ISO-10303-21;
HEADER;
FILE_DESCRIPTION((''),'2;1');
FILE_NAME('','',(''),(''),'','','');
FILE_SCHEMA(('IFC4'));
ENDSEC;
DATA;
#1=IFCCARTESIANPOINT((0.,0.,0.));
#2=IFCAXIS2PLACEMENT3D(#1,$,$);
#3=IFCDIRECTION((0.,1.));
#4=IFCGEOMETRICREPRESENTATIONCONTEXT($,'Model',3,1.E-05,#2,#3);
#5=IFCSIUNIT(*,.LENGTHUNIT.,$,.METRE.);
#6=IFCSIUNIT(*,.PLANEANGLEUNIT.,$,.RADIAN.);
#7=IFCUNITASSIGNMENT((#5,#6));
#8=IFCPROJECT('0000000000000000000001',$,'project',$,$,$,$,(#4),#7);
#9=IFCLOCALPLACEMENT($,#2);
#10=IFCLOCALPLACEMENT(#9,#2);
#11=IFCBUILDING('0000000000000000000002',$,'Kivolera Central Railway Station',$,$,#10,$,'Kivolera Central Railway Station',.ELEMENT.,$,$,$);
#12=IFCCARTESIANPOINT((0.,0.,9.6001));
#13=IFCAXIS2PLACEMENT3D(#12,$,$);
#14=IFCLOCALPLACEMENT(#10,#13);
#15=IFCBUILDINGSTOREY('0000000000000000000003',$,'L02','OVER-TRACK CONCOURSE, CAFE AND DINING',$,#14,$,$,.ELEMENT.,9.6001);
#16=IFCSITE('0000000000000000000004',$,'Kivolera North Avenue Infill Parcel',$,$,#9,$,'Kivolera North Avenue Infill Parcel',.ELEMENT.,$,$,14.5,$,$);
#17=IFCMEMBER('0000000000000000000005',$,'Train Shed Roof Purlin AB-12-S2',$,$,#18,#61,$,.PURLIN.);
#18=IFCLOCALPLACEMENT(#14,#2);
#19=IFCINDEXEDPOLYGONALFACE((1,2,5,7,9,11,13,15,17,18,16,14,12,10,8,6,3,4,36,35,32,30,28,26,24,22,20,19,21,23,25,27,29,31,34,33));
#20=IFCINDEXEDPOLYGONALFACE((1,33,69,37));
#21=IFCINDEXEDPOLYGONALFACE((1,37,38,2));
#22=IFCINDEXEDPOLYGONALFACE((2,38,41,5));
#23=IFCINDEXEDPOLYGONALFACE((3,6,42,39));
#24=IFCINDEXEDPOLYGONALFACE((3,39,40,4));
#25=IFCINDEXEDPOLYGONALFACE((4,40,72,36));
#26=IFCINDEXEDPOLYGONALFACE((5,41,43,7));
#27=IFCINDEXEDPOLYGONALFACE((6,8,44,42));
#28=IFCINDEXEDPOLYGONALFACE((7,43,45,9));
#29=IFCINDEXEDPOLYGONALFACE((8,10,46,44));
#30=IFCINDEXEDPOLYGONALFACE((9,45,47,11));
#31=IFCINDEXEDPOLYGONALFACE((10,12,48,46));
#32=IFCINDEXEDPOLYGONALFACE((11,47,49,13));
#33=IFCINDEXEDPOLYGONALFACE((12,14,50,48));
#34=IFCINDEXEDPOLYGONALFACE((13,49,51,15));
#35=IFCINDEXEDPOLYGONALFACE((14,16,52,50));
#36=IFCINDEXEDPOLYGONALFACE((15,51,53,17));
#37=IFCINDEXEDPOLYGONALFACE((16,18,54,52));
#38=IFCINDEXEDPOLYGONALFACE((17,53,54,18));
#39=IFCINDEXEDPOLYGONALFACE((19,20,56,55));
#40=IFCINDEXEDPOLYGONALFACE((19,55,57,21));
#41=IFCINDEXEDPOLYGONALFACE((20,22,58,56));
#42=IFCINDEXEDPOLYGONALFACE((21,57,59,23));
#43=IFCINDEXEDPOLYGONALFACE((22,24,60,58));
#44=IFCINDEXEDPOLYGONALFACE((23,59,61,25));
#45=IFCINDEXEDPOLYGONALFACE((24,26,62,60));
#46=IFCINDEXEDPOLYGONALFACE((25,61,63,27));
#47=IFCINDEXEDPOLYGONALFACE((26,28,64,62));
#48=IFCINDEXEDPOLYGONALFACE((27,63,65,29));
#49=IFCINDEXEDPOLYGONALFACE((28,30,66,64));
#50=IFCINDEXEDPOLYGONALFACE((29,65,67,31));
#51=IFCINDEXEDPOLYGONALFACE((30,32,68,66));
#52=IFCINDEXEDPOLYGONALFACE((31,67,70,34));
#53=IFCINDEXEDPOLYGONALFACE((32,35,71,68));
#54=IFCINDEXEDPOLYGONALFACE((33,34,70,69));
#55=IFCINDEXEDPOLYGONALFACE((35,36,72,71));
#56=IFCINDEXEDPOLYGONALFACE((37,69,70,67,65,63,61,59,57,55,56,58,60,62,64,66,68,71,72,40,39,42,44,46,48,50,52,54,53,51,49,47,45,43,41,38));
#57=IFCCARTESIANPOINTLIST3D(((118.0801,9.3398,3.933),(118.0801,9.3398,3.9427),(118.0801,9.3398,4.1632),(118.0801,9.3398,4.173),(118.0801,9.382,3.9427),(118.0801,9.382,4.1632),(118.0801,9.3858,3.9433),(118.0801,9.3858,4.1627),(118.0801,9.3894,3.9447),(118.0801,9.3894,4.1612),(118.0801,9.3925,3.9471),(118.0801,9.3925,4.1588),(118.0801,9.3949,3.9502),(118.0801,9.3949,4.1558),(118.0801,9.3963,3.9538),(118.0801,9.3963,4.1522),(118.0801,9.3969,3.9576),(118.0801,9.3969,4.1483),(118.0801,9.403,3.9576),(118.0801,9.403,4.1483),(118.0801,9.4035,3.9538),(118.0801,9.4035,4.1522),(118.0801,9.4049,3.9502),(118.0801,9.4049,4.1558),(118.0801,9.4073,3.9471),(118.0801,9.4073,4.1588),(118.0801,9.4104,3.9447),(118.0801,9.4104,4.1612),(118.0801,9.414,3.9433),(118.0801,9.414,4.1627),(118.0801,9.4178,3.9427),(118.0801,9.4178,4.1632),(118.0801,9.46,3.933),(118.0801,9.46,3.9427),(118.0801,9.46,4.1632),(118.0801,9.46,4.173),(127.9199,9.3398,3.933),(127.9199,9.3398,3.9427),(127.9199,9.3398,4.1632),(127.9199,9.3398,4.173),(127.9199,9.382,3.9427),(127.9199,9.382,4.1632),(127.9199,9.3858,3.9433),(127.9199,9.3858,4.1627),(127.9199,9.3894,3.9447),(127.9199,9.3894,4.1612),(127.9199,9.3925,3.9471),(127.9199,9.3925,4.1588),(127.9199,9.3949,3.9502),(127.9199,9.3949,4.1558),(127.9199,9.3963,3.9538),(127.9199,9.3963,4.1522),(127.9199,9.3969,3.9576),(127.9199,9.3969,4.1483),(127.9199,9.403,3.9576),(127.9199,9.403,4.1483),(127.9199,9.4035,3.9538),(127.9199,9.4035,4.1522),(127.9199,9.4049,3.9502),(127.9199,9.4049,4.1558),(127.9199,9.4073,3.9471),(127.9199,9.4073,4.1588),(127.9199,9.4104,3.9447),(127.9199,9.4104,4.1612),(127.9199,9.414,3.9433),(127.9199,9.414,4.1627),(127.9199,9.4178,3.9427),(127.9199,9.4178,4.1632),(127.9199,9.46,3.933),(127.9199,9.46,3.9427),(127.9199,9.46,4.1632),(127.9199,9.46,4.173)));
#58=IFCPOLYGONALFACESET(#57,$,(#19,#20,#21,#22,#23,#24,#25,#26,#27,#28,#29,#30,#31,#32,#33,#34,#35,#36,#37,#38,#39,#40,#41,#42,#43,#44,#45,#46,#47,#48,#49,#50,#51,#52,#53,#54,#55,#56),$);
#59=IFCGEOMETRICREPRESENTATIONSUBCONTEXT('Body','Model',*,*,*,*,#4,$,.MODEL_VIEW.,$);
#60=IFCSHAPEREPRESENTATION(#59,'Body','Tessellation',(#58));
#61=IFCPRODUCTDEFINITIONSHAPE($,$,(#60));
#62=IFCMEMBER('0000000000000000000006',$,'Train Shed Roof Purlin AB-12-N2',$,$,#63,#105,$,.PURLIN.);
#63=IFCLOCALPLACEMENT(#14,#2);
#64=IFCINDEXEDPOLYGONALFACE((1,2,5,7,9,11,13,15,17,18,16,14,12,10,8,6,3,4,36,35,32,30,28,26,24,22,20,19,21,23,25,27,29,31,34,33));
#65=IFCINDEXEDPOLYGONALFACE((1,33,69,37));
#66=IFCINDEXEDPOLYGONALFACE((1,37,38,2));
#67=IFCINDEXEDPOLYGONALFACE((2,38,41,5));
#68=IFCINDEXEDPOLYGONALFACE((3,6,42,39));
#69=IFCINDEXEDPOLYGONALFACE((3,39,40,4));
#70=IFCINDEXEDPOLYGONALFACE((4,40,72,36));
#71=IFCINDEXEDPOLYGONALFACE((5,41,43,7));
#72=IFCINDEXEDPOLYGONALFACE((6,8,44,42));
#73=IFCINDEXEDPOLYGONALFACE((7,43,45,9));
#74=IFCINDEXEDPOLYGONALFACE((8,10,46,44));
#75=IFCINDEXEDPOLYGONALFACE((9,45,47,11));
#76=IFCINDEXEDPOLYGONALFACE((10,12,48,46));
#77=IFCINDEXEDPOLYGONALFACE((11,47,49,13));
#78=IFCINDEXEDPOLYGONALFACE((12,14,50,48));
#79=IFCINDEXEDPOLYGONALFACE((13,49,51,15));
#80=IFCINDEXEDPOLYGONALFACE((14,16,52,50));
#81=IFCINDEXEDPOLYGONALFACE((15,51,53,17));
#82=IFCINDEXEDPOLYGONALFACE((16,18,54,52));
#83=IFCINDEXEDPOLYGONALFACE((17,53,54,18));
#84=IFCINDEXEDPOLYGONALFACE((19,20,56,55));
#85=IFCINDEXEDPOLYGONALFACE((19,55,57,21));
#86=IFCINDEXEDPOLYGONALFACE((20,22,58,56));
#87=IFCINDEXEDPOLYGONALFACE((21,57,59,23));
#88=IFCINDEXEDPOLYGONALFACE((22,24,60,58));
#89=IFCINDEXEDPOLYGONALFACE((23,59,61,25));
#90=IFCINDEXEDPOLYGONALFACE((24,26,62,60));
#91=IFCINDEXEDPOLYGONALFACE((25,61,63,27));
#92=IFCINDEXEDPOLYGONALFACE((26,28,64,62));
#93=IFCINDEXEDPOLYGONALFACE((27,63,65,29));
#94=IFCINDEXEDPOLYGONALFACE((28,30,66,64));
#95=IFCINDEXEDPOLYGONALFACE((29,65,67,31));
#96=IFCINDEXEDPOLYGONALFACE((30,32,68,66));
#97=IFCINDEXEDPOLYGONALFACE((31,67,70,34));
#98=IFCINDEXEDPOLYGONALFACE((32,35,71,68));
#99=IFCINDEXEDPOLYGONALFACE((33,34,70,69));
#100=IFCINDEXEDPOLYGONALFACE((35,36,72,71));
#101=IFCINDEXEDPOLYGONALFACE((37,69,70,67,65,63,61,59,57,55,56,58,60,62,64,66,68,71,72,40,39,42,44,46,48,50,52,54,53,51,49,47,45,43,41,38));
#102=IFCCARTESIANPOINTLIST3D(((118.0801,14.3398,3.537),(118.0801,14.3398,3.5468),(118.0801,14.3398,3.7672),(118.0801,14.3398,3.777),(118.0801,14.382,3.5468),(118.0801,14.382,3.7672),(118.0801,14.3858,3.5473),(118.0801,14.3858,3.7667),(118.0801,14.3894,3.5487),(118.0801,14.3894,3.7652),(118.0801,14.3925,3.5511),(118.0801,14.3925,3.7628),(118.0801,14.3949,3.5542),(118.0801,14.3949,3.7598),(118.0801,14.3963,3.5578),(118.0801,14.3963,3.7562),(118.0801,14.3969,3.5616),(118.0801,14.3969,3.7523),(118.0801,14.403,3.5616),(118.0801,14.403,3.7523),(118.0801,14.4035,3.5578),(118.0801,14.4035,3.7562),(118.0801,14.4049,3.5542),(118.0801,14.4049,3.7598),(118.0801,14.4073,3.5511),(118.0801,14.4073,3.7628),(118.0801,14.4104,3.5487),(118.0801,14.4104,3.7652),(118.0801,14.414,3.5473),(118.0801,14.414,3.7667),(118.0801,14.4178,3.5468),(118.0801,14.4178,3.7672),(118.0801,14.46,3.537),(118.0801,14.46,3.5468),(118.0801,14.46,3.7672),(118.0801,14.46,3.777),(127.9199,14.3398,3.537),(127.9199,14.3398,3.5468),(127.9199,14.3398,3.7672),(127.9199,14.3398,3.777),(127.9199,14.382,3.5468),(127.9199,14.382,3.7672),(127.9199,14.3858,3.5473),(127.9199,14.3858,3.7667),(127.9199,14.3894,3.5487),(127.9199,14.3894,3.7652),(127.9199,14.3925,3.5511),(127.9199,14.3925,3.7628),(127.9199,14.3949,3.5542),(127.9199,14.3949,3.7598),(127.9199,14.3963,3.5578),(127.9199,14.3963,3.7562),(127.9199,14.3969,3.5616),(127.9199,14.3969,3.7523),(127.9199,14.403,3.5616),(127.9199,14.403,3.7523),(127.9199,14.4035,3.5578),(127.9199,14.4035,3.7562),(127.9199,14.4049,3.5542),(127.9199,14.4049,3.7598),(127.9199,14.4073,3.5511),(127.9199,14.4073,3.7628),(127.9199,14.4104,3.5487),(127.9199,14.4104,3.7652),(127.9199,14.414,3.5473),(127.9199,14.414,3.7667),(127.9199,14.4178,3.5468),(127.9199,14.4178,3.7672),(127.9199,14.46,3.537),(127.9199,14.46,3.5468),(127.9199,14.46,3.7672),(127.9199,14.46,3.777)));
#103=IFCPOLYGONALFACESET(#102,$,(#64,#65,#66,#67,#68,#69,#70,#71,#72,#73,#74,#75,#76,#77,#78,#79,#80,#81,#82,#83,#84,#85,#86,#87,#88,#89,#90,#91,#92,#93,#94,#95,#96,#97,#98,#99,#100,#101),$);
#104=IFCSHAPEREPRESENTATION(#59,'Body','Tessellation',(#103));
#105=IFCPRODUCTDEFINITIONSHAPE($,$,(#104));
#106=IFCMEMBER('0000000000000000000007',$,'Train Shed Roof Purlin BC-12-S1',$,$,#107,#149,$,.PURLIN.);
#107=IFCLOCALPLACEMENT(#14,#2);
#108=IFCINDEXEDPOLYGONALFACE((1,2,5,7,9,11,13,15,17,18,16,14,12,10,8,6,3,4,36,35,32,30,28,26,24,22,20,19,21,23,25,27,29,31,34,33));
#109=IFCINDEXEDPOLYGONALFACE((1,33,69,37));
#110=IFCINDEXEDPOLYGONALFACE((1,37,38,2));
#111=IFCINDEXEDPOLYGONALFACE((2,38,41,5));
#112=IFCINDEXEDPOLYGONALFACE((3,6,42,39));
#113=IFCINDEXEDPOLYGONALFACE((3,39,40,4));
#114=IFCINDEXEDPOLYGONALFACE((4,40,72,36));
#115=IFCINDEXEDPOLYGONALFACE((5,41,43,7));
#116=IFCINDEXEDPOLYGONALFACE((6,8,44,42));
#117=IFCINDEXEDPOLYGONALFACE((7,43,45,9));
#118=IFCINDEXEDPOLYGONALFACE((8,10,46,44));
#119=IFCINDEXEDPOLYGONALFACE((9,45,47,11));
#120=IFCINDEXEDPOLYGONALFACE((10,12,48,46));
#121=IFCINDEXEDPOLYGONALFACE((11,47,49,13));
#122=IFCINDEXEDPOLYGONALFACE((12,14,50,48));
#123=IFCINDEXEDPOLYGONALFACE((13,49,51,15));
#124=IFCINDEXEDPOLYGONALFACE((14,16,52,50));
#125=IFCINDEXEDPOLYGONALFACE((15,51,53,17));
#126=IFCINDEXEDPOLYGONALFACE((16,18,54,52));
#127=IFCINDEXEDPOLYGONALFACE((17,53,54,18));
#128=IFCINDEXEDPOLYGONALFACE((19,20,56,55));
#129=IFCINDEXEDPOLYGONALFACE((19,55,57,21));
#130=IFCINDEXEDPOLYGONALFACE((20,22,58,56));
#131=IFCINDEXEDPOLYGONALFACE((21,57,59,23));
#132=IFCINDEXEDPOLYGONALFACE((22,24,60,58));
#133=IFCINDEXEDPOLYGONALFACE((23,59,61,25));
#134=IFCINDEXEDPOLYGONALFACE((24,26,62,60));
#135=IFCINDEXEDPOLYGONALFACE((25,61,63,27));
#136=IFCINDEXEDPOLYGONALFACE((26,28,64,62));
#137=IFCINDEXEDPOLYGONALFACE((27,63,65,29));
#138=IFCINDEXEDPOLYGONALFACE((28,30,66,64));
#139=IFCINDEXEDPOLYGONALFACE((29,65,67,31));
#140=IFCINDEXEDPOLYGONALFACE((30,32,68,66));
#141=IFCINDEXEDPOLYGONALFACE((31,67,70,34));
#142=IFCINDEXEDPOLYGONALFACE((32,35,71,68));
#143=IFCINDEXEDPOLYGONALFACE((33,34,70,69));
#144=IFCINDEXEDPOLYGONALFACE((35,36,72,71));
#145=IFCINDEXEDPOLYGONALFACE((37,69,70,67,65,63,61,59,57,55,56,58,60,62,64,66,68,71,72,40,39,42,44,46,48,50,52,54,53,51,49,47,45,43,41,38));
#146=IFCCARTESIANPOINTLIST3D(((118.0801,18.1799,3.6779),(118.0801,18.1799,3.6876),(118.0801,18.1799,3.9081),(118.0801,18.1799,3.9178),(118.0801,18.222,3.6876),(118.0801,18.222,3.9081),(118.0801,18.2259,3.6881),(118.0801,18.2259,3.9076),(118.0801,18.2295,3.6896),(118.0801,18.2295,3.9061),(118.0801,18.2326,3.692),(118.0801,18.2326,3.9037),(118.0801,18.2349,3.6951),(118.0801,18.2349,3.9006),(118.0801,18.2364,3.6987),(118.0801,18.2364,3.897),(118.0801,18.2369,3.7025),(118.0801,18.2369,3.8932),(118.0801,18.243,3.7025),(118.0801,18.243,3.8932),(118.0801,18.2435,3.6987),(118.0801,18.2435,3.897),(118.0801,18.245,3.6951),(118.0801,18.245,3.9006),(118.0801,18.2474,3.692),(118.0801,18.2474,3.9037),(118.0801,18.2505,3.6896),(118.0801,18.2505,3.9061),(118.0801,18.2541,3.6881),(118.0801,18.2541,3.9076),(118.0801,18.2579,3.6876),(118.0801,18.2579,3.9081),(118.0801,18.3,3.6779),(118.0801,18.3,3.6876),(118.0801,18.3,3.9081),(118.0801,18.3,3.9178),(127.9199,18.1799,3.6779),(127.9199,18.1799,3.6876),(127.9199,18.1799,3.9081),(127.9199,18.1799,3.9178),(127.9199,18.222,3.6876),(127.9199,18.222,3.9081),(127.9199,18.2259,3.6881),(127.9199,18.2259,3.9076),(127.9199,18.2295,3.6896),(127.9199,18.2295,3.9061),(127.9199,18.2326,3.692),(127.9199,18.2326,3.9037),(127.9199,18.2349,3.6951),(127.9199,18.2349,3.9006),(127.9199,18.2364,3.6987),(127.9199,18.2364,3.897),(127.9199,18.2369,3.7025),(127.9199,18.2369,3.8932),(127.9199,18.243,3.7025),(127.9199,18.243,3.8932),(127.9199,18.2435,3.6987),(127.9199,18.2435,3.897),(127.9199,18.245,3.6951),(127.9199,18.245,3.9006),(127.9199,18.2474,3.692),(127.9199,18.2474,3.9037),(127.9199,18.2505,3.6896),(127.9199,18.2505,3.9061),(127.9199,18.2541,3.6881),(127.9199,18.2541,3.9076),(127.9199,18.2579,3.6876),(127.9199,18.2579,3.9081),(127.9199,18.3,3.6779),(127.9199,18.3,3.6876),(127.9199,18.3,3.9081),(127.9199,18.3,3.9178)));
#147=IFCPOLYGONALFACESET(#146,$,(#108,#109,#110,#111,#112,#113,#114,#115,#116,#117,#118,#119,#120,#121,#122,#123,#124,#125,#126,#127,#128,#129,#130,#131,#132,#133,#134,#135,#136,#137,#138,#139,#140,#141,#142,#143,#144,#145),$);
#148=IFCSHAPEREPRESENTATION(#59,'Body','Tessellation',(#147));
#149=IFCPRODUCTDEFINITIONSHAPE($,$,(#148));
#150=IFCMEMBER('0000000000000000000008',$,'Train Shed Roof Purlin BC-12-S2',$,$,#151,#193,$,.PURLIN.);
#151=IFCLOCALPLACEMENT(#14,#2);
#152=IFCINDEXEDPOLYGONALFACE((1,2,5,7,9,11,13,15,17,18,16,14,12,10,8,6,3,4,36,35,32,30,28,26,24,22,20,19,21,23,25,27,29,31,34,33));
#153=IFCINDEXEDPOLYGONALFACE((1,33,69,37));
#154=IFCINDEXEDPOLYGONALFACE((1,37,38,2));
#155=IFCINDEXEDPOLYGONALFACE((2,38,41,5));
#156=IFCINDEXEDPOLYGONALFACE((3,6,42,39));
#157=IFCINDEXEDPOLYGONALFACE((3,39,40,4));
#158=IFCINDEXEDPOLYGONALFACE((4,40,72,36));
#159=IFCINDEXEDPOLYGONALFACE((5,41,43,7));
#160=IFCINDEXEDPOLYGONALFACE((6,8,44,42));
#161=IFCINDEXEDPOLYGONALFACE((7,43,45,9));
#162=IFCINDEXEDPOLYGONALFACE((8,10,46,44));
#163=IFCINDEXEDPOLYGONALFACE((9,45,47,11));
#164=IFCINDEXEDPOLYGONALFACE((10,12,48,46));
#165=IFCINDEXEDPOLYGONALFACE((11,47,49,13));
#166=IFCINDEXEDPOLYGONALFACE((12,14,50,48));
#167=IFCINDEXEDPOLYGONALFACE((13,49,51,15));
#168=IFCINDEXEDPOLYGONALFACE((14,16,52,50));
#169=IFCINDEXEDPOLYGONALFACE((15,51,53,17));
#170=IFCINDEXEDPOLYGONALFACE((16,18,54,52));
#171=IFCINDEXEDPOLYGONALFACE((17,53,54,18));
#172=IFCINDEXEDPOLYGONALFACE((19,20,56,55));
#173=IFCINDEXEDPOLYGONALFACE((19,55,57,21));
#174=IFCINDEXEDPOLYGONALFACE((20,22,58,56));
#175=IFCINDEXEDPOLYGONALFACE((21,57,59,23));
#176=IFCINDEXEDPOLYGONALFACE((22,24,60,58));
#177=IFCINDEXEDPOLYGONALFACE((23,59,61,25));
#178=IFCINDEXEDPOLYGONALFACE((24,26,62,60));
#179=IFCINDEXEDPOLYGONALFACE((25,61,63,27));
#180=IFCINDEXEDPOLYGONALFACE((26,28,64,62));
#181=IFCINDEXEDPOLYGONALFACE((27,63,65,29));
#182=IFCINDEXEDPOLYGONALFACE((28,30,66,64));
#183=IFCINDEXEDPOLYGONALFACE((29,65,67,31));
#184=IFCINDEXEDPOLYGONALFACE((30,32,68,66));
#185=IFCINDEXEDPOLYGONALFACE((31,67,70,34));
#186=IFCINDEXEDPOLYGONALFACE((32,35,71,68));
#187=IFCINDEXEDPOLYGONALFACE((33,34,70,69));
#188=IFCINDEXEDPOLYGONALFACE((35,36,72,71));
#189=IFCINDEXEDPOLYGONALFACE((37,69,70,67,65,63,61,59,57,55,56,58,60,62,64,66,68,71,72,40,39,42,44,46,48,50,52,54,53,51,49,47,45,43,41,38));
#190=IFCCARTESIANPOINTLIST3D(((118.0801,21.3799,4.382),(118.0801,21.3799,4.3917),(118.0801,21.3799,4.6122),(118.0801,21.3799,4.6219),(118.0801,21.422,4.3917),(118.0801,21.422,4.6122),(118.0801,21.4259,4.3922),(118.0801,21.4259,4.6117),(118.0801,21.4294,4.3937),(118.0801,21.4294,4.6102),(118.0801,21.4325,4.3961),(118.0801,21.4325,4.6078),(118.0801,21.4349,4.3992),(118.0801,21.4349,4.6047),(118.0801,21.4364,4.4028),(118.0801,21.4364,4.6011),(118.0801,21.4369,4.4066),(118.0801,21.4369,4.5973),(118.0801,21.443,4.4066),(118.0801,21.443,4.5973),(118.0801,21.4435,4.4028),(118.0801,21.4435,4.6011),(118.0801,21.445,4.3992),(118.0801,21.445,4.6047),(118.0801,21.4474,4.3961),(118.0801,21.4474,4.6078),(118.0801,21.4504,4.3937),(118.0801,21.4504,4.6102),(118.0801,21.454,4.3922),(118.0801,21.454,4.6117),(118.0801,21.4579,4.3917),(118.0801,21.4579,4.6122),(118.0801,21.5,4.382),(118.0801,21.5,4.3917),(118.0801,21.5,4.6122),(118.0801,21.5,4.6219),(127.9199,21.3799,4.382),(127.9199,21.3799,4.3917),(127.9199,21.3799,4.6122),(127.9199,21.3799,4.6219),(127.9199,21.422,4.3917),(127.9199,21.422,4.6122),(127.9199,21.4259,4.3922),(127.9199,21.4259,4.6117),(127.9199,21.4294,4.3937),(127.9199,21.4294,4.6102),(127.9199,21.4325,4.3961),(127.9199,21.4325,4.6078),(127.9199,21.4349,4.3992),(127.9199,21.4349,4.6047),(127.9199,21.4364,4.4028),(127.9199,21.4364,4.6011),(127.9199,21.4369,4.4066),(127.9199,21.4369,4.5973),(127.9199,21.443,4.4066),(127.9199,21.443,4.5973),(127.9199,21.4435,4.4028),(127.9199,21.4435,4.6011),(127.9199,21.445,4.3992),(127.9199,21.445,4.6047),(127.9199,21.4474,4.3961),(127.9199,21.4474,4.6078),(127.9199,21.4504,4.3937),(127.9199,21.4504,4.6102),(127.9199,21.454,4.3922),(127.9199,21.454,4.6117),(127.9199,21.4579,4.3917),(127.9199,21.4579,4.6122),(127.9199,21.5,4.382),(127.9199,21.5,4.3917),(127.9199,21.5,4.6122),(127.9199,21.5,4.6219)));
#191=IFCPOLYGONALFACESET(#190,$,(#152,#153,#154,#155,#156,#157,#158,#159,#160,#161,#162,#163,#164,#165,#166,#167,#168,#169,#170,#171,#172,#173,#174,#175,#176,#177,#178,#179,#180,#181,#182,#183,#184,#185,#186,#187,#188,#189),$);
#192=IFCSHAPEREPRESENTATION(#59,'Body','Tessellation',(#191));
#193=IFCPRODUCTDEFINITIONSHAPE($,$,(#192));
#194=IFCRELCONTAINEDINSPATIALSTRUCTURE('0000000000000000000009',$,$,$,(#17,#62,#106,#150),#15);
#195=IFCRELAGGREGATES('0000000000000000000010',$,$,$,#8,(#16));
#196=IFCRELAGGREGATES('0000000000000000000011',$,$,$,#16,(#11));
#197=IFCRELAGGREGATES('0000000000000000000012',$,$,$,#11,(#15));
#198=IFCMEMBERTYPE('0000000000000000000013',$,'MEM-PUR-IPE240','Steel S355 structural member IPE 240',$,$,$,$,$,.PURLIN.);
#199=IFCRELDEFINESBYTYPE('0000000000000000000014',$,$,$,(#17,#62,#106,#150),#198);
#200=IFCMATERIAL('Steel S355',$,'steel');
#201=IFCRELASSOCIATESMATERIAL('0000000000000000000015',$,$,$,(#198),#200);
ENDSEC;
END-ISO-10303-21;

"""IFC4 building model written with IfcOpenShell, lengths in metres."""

from ifc_helpers import new_model, si_unit, direction, frame, origin, origin_2d, place, context, subcontext, project, spatial, i_section, extrude, material, material_profile, profile_set, type_object, element, save


model = new_model("IFC4")

# Units and contexts
model_context = context("Model", 3, precision=1e-05, world=origin(), true_north=direction((0.0, 1.0)))
body_context = subcontext(model_context, "Body", "Model", "MODEL_VIEW")
ifc_project = project(units=[si_unit("LENGTHUNIT", "METRE"), si_unit("PLANEANGLEUNIT", "RADIAN")], contexts=[model_context])

# Site, building, storey
site_placement = place(None, origin())
site = spatial("IfcSite", under=ifc_project, at=site_placement, Name="Kivolera North Avenue Infill Parcel", LongName="Kivolera North Avenue Infill Parcel", CompositionType="ELEMENT", RefElevation=14.5)
building_placement = place(site_placement, origin())
building = spatial("IfcBuilding", under=site, at=building_placement, Name="Kivolera Central Railway Station", LongName="Kivolera Central Railway Station", CompositionType="ELEMENT")
storey_placement = place(building_placement, frame((0.0, 0.0, 9.6001)))
storey = spatial("IfcBuildingStorey", under=building, at=storey_placement, Name="L02", Description="OVER-TRACK CONCOURSE, CAFE AND DINING", CompositionType="ELEMENT", Elevation=9.6001)

# Shared definitions
ifc_material_1 = material(Name="Steel S355", Category="steel")

# Members
ifc_material_profile_1 = material_profile(ifc_material_1, i_section(OverallWidth=0.1201, OverallDepth=0.24, WebThickness=0.0061, FlangeThickness=0.0098, FilletRadius=0.0149, at=origin_2d()), Name="IPE 240")
ifc_profile_set_1 = profile_set([ifc_material_profile_1], Name="Steel S355")
member_type_1 = type_object("IfcMemberType", Name="MEM-PUR-IPE240", Description="Steel S355 structural member IPE 240", PredefinedType="PURLIN", material=ifc_profile_set_1)
for number, where, z_axis, x_axis, name in (
    (1, (118.0801, 9.3999, 4.053), (1.0, 0.0, 0.0), (0.0, 1.0, 0.0), "Train Shed Roof Purlin AB-12-S2"),
    (2, (118.0801, 14.3999, 3.657), (1.0, 0.0, 0.0), (0.0, 1.0, 0.0), "Train Shed Roof Purlin AB-12-N2"),
    (3, (118.0801, 18.24, 3.7979), (1.0, 0.0, 0.0), (0.0, 1.0, 0.0), "Train Shed Roof Purlin BC-12-S1"),
    (4, (118.0801, 21.4399, 4.502), (1.0, 0.0, 0.0), (0.0, 1.0, 0.0), "Train Shed Roof Purlin BC-12-S2"),
):
    element("IfcMember", number, at=place(storey_placement, frame(where, z_axis=z_axis, x_axis=x_axis)), inside=storey, type_object=member_type_1, Name=name, PredefinedType="PURLIN", context=body_context, shape_type="SweptSolid", body=[
        extrude(i_section(OverallWidth=0.1201, OverallDepth=0.24, WebThickness=0.0061, FlangeThickness=0.0098, FilletRadius=0.0149, at=origin_2d()), origin(), (0.0, 0.0, 1.0), 9.8398),
    ])

save(model, "model.ifc")
